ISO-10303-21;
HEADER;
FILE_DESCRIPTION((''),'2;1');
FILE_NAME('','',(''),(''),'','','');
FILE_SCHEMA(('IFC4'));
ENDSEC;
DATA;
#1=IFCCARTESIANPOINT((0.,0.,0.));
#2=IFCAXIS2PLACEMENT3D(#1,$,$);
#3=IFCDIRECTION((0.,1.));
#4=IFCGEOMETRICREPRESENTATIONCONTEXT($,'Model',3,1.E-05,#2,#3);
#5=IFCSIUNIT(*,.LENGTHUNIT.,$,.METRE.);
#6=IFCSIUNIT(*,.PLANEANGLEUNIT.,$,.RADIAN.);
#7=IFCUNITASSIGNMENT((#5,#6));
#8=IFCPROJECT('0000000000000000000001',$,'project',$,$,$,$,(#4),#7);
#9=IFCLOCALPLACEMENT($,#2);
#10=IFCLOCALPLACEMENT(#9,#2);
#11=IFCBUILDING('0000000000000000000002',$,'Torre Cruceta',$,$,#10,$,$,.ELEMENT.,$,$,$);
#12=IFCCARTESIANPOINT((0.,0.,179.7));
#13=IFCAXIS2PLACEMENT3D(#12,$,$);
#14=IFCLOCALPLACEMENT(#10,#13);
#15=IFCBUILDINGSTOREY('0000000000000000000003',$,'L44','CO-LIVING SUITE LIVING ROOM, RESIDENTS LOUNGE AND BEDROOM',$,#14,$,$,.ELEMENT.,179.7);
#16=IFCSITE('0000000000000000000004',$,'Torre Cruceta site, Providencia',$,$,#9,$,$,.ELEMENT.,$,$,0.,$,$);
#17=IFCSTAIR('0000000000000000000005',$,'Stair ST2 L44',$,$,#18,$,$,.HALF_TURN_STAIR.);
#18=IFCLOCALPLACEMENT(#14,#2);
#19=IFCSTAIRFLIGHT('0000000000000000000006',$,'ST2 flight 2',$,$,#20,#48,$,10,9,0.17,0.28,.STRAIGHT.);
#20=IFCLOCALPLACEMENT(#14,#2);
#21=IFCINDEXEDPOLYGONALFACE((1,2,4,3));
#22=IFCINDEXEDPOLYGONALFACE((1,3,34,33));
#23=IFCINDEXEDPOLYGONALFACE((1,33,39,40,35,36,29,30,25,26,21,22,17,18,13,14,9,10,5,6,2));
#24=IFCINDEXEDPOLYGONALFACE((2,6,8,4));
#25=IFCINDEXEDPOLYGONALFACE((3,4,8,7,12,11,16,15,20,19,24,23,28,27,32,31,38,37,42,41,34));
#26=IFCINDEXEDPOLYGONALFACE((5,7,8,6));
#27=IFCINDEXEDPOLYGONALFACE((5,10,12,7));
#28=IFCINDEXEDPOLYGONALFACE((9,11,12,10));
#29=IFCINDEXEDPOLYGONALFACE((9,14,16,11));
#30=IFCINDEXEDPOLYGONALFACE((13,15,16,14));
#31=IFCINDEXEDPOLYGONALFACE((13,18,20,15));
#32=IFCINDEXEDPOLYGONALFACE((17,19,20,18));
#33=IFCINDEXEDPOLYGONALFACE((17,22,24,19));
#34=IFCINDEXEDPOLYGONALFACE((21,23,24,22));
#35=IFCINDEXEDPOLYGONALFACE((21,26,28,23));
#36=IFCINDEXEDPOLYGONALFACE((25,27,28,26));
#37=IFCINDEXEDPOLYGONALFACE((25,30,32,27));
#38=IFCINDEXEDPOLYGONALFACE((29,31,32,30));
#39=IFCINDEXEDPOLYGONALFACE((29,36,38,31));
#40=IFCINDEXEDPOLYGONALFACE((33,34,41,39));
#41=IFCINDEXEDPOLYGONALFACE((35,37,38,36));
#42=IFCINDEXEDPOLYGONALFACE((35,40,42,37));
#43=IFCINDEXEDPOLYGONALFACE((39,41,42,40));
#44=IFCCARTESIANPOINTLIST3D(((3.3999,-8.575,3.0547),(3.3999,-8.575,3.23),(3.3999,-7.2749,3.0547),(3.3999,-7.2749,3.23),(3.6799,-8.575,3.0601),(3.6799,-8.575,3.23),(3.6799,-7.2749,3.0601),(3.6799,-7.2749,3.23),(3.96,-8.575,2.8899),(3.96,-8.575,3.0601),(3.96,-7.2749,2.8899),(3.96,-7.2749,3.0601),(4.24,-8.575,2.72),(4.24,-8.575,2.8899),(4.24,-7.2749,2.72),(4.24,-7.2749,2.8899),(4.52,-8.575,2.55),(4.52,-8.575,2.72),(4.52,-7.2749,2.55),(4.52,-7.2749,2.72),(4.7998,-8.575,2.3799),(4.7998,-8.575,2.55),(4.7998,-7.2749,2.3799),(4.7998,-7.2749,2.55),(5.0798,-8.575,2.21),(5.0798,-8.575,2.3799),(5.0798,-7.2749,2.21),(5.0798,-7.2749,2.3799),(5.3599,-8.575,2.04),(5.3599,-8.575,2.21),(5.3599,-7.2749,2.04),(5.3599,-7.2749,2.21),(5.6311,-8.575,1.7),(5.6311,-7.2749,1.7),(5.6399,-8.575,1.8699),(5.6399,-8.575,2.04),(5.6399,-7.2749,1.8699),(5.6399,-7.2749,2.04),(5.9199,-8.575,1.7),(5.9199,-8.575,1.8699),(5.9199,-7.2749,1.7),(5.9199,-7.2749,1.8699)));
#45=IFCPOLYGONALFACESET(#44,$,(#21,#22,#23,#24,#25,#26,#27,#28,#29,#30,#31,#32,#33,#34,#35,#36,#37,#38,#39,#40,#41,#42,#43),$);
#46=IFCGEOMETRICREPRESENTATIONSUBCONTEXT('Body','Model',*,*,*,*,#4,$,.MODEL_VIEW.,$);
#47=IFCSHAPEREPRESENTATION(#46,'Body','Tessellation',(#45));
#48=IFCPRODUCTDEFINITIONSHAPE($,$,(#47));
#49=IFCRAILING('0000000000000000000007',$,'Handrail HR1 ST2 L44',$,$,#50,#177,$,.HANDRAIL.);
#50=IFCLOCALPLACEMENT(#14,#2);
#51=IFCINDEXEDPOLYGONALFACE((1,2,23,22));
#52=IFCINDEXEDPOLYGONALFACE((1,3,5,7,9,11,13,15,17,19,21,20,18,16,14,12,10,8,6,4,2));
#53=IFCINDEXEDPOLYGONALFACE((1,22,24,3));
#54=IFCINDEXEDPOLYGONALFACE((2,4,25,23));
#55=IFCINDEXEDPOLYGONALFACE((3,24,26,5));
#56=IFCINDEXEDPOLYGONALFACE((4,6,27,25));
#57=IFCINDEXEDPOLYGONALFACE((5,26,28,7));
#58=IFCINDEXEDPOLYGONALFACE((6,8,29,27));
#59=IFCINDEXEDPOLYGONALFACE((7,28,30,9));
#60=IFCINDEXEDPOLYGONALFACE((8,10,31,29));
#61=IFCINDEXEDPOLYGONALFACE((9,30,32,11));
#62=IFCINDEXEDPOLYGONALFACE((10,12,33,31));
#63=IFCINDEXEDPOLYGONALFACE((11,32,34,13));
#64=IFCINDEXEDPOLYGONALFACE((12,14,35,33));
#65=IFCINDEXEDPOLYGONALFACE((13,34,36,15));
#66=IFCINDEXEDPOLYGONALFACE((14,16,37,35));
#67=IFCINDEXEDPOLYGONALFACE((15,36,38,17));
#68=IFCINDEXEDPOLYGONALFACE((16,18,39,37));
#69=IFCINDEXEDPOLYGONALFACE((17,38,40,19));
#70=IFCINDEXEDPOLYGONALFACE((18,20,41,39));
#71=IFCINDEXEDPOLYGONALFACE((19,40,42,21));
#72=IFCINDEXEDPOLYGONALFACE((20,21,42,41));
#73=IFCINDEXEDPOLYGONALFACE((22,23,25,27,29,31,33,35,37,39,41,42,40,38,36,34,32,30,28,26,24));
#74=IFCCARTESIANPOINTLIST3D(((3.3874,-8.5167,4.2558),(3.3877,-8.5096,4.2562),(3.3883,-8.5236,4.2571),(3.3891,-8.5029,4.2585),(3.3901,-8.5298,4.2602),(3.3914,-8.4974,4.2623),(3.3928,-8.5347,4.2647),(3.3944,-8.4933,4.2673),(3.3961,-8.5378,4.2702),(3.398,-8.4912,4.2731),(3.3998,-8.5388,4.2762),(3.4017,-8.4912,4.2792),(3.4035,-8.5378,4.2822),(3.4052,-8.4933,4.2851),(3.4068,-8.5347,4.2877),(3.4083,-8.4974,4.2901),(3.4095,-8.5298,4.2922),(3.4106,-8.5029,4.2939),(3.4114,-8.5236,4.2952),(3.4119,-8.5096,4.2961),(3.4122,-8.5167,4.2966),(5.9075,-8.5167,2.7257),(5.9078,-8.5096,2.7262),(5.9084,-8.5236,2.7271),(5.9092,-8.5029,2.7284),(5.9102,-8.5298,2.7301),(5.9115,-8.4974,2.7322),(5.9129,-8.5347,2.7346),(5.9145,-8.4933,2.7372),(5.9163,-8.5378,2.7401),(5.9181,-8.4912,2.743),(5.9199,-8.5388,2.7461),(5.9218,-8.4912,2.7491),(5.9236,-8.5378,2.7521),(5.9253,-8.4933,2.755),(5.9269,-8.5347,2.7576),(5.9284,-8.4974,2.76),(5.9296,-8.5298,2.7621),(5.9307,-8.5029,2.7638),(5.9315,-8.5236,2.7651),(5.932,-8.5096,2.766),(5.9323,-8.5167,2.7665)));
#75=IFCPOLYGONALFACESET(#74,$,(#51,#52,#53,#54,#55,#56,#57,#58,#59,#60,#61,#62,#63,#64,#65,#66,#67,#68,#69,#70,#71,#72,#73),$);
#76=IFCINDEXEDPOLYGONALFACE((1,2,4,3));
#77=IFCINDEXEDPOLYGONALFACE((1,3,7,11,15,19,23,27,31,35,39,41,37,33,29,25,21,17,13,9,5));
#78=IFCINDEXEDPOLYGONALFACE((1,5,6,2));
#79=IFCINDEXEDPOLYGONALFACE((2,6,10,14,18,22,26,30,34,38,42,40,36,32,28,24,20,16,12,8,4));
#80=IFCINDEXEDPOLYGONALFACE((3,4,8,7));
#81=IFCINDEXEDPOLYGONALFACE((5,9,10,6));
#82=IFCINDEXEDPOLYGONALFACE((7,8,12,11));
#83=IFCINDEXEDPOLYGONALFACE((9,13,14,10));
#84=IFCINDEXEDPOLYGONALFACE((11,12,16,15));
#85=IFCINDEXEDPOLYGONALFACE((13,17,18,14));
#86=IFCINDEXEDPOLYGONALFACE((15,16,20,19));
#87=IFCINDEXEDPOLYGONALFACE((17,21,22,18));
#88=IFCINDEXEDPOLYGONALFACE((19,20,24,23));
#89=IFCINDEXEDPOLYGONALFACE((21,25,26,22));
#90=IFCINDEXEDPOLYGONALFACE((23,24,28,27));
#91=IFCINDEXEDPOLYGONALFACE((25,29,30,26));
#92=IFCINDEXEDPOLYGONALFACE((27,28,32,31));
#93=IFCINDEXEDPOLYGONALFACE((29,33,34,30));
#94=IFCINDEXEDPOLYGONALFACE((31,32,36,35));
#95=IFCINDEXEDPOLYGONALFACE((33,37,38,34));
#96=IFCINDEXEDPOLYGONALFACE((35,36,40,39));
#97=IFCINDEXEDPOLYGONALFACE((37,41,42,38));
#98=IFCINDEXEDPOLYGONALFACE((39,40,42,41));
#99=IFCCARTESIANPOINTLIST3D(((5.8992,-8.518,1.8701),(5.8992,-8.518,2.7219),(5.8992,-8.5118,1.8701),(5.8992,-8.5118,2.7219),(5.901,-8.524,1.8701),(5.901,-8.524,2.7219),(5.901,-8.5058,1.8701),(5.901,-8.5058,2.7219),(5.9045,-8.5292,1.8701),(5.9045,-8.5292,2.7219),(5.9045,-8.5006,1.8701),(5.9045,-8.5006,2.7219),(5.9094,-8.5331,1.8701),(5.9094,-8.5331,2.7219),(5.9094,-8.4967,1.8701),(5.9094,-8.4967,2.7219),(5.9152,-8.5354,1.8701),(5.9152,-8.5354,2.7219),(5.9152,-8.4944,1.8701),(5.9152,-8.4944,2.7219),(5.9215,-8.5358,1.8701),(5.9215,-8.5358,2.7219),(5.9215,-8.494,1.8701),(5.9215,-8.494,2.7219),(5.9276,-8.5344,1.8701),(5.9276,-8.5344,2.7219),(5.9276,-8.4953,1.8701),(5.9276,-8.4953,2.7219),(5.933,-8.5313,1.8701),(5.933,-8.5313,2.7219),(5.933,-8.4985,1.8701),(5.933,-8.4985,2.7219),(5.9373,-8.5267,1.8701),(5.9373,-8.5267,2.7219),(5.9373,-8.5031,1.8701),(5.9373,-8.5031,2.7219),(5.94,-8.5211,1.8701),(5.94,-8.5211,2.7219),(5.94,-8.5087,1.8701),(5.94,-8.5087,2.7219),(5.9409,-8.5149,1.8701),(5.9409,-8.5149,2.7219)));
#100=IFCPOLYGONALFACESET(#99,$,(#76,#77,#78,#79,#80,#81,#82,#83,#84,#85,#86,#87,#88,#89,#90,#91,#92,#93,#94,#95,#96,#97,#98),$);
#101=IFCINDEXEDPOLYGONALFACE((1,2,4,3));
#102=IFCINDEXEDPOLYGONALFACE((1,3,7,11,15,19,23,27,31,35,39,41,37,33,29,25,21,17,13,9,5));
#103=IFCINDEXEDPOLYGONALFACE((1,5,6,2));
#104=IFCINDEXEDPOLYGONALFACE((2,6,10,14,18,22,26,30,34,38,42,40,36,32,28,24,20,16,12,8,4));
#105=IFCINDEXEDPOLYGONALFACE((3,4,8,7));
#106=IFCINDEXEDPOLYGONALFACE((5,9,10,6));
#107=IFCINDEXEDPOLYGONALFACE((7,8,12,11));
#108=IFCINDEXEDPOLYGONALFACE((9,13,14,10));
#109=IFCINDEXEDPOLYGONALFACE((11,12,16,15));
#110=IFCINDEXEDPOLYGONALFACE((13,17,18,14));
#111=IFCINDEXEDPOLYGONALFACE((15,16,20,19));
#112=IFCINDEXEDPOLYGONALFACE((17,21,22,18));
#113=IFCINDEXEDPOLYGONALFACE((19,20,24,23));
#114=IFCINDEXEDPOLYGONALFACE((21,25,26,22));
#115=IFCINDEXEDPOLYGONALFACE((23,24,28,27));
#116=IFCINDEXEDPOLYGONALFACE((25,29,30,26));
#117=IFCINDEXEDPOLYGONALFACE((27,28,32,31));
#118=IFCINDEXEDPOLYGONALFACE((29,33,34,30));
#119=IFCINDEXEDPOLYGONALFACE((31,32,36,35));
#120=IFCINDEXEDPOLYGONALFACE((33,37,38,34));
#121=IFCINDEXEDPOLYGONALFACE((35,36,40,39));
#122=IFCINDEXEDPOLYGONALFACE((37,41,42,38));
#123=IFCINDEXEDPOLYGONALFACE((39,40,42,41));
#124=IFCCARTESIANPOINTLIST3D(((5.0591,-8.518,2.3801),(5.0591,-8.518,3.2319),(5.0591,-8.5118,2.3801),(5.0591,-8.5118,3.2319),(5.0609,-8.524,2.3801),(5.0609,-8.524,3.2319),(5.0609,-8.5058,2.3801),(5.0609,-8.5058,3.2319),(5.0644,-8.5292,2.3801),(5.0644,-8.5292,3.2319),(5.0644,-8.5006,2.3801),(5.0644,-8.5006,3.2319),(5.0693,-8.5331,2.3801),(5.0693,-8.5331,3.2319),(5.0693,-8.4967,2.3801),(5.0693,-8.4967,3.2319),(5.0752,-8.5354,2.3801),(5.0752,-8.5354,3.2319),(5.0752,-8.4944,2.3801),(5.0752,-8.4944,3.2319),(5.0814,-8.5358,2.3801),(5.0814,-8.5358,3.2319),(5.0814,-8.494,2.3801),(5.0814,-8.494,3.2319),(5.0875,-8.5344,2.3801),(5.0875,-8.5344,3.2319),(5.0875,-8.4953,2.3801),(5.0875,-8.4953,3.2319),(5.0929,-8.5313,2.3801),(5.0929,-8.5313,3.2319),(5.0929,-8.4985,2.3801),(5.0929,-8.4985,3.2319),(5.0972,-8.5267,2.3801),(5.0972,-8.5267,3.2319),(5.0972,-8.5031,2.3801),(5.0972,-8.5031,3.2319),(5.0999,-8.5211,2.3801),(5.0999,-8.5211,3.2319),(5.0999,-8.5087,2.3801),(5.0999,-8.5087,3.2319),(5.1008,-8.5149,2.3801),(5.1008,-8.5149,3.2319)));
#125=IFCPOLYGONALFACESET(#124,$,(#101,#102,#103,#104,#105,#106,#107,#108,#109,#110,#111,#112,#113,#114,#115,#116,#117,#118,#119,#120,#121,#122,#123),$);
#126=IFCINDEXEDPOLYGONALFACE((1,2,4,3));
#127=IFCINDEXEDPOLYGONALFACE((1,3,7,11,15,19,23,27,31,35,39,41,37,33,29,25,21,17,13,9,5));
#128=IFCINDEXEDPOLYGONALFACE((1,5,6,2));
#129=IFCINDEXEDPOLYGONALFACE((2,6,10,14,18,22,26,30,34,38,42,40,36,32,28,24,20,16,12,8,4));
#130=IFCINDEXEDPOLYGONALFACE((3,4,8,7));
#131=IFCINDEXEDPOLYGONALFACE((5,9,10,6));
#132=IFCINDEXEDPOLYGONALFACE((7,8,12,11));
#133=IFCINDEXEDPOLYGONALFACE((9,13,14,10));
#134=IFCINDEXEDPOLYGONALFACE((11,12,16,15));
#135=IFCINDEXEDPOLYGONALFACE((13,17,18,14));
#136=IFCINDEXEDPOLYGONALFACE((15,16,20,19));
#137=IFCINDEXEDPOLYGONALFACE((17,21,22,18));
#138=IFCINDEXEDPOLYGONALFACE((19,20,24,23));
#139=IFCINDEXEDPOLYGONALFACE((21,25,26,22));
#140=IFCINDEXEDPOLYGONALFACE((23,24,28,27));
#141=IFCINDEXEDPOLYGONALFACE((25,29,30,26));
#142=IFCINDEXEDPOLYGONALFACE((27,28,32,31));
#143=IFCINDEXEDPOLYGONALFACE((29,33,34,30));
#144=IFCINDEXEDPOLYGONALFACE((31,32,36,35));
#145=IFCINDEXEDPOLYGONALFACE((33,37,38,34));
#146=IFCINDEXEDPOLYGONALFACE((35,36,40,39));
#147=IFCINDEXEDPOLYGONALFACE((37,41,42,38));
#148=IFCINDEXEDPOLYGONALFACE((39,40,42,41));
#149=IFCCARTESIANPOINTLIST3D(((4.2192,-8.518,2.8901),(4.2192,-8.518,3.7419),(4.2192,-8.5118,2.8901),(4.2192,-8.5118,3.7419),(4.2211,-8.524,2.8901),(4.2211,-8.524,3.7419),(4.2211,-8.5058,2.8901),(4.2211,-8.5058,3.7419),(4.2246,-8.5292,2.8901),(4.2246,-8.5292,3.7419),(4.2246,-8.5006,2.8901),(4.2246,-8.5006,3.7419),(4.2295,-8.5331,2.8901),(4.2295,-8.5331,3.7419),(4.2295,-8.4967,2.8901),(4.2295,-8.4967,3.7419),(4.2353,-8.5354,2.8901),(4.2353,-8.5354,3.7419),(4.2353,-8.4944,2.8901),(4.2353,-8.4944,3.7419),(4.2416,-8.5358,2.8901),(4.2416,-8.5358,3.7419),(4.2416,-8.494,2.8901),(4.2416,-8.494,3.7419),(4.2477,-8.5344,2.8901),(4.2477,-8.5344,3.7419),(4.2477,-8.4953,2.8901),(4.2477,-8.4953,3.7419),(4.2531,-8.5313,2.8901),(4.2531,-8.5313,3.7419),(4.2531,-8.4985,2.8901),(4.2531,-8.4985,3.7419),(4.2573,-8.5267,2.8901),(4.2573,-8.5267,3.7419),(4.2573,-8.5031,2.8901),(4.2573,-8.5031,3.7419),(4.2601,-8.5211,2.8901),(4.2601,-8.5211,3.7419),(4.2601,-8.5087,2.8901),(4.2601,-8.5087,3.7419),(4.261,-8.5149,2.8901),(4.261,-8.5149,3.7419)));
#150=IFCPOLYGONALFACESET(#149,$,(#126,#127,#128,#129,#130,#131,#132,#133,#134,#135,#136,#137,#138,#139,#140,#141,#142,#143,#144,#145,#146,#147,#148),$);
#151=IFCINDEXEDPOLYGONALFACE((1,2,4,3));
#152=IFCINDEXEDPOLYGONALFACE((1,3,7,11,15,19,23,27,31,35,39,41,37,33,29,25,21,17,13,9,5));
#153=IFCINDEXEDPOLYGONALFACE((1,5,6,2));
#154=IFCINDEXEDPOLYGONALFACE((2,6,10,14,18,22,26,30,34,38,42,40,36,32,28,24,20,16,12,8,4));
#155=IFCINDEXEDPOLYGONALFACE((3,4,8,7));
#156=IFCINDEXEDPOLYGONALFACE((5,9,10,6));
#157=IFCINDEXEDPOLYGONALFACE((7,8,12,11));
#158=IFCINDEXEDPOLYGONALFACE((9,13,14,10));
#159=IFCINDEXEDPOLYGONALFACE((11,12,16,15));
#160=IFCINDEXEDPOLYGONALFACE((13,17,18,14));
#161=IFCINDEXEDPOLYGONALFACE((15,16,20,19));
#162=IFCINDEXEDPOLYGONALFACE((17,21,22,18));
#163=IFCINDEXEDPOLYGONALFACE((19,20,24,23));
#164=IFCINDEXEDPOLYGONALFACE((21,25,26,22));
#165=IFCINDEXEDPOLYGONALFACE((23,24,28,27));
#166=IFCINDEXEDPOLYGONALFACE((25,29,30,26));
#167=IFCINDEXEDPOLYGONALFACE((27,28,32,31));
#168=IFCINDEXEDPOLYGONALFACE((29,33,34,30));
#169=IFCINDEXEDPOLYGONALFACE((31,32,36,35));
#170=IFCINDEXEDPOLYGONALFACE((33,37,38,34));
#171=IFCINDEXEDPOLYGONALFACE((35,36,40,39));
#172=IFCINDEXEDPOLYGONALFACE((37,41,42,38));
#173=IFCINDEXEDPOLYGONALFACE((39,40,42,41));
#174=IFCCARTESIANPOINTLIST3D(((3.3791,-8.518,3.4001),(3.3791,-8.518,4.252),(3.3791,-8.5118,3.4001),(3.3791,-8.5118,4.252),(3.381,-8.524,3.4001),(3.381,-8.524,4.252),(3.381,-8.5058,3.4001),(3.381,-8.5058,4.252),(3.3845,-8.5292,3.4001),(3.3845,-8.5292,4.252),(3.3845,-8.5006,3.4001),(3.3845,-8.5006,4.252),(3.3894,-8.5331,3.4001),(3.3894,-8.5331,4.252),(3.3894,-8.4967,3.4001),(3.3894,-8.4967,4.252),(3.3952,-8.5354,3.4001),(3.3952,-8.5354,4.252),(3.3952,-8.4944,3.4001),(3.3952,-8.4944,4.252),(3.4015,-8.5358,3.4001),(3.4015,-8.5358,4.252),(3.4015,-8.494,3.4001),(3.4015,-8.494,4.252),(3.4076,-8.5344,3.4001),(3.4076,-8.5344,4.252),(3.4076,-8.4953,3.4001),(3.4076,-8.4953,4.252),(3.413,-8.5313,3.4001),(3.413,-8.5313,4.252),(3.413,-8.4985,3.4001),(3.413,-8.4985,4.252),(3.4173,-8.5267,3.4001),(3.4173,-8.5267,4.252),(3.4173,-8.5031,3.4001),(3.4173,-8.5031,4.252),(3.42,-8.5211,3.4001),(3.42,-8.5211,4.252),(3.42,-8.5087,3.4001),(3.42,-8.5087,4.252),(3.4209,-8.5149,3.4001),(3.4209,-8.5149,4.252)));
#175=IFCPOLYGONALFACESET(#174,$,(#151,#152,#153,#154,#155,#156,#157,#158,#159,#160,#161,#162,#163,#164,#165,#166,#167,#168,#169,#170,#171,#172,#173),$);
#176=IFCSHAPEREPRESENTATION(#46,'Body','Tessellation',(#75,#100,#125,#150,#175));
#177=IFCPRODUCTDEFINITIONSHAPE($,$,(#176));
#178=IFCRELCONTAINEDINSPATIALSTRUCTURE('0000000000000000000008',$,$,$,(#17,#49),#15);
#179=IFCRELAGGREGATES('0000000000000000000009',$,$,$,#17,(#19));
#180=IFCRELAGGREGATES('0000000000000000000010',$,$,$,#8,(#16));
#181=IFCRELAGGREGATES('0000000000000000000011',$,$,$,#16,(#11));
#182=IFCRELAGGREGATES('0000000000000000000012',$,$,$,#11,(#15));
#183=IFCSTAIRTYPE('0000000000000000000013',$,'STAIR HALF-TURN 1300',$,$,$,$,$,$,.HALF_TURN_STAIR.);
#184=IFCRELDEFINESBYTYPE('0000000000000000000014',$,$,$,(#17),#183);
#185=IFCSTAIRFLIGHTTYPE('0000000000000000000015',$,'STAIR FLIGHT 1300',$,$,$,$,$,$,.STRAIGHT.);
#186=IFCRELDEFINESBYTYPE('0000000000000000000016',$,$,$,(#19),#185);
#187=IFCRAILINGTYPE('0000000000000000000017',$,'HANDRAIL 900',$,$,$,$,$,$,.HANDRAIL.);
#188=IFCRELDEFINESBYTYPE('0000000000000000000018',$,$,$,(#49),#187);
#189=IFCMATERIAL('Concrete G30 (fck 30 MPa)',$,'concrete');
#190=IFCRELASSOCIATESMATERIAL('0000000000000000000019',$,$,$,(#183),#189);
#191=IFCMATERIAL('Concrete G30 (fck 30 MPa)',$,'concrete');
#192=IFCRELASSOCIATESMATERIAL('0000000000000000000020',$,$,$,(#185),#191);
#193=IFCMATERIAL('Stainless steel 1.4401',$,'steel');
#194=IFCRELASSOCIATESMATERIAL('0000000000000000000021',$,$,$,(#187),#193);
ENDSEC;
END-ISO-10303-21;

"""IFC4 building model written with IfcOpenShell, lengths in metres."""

from ifc_helpers import new_model, si_unit, direction, frame, origin, origin_2d, place, context, subcontext, project, spatial, polyline, circle, outline, extrude, material, type_object, element, aggregate, save


model = new_model("IFC4")

# Units and contexts
model_context = context("Model", 3, precision=1e-05, world=origin(), true_north=direction((0.0, 1.0)))
body_context = subcontext(model_context, "Body", "Model", "MODEL_VIEW")
ifc_project = project(units=[si_unit("LENGTHUNIT", "METRE"), si_unit("PLANEANGLEUNIT", "RADIAN")], contexts=[model_context])

# Site, building, storey
site_placement = place(None, origin())
site = spatial("IfcSite", under=ifc_project, at=site_placement, Name="Torre Cruceta site, Providencia", CompositionType="ELEMENT", RefElevation=0.0)
building_placement = place(site_placement, origin())
building = spatial("IfcBuilding", under=site, at=building_placement, Name="Torre Cruceta", CompositionType="ELEMENT")
storey_placement = place(building_placement, frame((0.0, 0.0, 179.7)))
storey = spatial("IfcBuildingStorey", under=building, at=storey_placement, Name="L44", Description="CO-LIVING SUITE LIVING ROOM, RESIDENTS LOUNGE AND BEDROOM", CompositionType="ELEMENT", Elevation=179.7)

# Stair, stair flight
ifc_material_1 = material(Name="Concrete G30 (fck 30 MPa)", Category="concrete")
stair_type = type_object("IfcStairType", Name="STAIR HALF-TURN 1300", PredefinedType="HALF_TURN_STAIR", material=ifc_material_1)
stair_placement = place(storey_placement, origin())
stair = element("IfcStair", 1, at=stair_placement, inside=storey, type_object=stair_type, Name="Stair ST2 L44", PredefinedType="HALF_TURN_STAIR")
ifc_material_2 = material(Name="Concrete G30 (fck 30 MPa)", Category="concrete")
stair_flight_type = type_object("IfcStairFlightType", Name="STAIR FLIGHT 1300", PredefinedType="STRAIGHT", material=ifc_material_2)
stair_flight_1_placement = place(storey_placement, frame((5.9199, -7.925, 1.7), z_axis=(0.0, 0.0, 1.0), x_axis=(-1.0, 0.0, 0.0)))
stair_flight_1 = element("IfcStairFlight", 2, at=stair_flight_1_placement, type_object=stair_flight_type, Name="ST2 flight 2", NumberOfRisers=10, NumberOfTreads=9, PredefinedType="STRAIGHT", RiserHeight=0.17, TreadLength=0.28, context=body_context, shape_type="SweptSolid", body=[
    extrude(outline(polyline([(0.0, 0.0), (0.0, 0.1699), (0.28, 0.1699), (0.28, 0.3401), (0.5601, 0.3401), (0.5601, 0.51), (0.8401, 0.51), (0.8401, 0.6799), (1.1201, 0.6799), (1.1201, 0.8501), (1.3999, 0.8501), (1.3999, 1.02), (1.6799, 1.02), (1.6799, 1.1899), (1.96, 1.1899), (1.96, 1.3601), (2.24, 1.3601), (2.24, 1.53), (2.52, 1.53), (2.52, 1.7), (2.52, 1.3547), (0.2888, 0.0), (0.0, 0.0)])), frame((0.0, 0.6499, 0.0), z_axis=(0.0, -1.0, 0.0), x_axis=(1.0, 0.0, 0.0)), (0.0, 0.0, 1.0), 1.3),
])
aggregate(stair, [stair_flight_1])

# Railing
ifc_material_3 = material(Name="Stainless steel 1.4401", Category="steel")
railing_type = type_object("IfcRailingType", Name="HANDRAIL 900", PredefinedType="HANDRAIL", material=ifc_material_3)
railing_1_placement = place(storey_placement, frame((5.9199, -8.5149, 1.8701)))
element("IfcRailing", 3, at=railing_1_placement, inside=storey, type_object=railing_type, Name="Handrail HR1 ST2 L44", PredefinedType="HANDRAIL", context=body_context, shape_type="SweptSolid", body=[
    extrude(circle(Radius=0.0239, at=origin_2d()), frame((0.0, 0.0, 0.876), z_axis=(-0.854785, 0.0, 0.518982), x_axis=(0.0, -1.0, 0.0)), (0.0, 0.0, 1.0), 2.9482),
    extrude(circle(Radius=0.021, at=origin_2d()), origin(), (0.0, 0.0, 1.0), 0.8518),
    extrude(circle(Radius=0.021, at=origin_2d()), frame((-0.8401, 0.0, 0.51)), (0.0, 0.0, 1.0), 0.8518),
    extrude(circle(Radius=0.021, at=origin_2d()), frame((-1.6799, 0.0, 1.02)), (0.0, 0.0, 1.0), 0.8518),
    extrude(circle(Radius=0.021, at=origin_2d()), frame((-2.52, 0.0, 1.53)), (0.0, 0.0, 1.0), 0.8518),
])

save(model, "model.ifc")
